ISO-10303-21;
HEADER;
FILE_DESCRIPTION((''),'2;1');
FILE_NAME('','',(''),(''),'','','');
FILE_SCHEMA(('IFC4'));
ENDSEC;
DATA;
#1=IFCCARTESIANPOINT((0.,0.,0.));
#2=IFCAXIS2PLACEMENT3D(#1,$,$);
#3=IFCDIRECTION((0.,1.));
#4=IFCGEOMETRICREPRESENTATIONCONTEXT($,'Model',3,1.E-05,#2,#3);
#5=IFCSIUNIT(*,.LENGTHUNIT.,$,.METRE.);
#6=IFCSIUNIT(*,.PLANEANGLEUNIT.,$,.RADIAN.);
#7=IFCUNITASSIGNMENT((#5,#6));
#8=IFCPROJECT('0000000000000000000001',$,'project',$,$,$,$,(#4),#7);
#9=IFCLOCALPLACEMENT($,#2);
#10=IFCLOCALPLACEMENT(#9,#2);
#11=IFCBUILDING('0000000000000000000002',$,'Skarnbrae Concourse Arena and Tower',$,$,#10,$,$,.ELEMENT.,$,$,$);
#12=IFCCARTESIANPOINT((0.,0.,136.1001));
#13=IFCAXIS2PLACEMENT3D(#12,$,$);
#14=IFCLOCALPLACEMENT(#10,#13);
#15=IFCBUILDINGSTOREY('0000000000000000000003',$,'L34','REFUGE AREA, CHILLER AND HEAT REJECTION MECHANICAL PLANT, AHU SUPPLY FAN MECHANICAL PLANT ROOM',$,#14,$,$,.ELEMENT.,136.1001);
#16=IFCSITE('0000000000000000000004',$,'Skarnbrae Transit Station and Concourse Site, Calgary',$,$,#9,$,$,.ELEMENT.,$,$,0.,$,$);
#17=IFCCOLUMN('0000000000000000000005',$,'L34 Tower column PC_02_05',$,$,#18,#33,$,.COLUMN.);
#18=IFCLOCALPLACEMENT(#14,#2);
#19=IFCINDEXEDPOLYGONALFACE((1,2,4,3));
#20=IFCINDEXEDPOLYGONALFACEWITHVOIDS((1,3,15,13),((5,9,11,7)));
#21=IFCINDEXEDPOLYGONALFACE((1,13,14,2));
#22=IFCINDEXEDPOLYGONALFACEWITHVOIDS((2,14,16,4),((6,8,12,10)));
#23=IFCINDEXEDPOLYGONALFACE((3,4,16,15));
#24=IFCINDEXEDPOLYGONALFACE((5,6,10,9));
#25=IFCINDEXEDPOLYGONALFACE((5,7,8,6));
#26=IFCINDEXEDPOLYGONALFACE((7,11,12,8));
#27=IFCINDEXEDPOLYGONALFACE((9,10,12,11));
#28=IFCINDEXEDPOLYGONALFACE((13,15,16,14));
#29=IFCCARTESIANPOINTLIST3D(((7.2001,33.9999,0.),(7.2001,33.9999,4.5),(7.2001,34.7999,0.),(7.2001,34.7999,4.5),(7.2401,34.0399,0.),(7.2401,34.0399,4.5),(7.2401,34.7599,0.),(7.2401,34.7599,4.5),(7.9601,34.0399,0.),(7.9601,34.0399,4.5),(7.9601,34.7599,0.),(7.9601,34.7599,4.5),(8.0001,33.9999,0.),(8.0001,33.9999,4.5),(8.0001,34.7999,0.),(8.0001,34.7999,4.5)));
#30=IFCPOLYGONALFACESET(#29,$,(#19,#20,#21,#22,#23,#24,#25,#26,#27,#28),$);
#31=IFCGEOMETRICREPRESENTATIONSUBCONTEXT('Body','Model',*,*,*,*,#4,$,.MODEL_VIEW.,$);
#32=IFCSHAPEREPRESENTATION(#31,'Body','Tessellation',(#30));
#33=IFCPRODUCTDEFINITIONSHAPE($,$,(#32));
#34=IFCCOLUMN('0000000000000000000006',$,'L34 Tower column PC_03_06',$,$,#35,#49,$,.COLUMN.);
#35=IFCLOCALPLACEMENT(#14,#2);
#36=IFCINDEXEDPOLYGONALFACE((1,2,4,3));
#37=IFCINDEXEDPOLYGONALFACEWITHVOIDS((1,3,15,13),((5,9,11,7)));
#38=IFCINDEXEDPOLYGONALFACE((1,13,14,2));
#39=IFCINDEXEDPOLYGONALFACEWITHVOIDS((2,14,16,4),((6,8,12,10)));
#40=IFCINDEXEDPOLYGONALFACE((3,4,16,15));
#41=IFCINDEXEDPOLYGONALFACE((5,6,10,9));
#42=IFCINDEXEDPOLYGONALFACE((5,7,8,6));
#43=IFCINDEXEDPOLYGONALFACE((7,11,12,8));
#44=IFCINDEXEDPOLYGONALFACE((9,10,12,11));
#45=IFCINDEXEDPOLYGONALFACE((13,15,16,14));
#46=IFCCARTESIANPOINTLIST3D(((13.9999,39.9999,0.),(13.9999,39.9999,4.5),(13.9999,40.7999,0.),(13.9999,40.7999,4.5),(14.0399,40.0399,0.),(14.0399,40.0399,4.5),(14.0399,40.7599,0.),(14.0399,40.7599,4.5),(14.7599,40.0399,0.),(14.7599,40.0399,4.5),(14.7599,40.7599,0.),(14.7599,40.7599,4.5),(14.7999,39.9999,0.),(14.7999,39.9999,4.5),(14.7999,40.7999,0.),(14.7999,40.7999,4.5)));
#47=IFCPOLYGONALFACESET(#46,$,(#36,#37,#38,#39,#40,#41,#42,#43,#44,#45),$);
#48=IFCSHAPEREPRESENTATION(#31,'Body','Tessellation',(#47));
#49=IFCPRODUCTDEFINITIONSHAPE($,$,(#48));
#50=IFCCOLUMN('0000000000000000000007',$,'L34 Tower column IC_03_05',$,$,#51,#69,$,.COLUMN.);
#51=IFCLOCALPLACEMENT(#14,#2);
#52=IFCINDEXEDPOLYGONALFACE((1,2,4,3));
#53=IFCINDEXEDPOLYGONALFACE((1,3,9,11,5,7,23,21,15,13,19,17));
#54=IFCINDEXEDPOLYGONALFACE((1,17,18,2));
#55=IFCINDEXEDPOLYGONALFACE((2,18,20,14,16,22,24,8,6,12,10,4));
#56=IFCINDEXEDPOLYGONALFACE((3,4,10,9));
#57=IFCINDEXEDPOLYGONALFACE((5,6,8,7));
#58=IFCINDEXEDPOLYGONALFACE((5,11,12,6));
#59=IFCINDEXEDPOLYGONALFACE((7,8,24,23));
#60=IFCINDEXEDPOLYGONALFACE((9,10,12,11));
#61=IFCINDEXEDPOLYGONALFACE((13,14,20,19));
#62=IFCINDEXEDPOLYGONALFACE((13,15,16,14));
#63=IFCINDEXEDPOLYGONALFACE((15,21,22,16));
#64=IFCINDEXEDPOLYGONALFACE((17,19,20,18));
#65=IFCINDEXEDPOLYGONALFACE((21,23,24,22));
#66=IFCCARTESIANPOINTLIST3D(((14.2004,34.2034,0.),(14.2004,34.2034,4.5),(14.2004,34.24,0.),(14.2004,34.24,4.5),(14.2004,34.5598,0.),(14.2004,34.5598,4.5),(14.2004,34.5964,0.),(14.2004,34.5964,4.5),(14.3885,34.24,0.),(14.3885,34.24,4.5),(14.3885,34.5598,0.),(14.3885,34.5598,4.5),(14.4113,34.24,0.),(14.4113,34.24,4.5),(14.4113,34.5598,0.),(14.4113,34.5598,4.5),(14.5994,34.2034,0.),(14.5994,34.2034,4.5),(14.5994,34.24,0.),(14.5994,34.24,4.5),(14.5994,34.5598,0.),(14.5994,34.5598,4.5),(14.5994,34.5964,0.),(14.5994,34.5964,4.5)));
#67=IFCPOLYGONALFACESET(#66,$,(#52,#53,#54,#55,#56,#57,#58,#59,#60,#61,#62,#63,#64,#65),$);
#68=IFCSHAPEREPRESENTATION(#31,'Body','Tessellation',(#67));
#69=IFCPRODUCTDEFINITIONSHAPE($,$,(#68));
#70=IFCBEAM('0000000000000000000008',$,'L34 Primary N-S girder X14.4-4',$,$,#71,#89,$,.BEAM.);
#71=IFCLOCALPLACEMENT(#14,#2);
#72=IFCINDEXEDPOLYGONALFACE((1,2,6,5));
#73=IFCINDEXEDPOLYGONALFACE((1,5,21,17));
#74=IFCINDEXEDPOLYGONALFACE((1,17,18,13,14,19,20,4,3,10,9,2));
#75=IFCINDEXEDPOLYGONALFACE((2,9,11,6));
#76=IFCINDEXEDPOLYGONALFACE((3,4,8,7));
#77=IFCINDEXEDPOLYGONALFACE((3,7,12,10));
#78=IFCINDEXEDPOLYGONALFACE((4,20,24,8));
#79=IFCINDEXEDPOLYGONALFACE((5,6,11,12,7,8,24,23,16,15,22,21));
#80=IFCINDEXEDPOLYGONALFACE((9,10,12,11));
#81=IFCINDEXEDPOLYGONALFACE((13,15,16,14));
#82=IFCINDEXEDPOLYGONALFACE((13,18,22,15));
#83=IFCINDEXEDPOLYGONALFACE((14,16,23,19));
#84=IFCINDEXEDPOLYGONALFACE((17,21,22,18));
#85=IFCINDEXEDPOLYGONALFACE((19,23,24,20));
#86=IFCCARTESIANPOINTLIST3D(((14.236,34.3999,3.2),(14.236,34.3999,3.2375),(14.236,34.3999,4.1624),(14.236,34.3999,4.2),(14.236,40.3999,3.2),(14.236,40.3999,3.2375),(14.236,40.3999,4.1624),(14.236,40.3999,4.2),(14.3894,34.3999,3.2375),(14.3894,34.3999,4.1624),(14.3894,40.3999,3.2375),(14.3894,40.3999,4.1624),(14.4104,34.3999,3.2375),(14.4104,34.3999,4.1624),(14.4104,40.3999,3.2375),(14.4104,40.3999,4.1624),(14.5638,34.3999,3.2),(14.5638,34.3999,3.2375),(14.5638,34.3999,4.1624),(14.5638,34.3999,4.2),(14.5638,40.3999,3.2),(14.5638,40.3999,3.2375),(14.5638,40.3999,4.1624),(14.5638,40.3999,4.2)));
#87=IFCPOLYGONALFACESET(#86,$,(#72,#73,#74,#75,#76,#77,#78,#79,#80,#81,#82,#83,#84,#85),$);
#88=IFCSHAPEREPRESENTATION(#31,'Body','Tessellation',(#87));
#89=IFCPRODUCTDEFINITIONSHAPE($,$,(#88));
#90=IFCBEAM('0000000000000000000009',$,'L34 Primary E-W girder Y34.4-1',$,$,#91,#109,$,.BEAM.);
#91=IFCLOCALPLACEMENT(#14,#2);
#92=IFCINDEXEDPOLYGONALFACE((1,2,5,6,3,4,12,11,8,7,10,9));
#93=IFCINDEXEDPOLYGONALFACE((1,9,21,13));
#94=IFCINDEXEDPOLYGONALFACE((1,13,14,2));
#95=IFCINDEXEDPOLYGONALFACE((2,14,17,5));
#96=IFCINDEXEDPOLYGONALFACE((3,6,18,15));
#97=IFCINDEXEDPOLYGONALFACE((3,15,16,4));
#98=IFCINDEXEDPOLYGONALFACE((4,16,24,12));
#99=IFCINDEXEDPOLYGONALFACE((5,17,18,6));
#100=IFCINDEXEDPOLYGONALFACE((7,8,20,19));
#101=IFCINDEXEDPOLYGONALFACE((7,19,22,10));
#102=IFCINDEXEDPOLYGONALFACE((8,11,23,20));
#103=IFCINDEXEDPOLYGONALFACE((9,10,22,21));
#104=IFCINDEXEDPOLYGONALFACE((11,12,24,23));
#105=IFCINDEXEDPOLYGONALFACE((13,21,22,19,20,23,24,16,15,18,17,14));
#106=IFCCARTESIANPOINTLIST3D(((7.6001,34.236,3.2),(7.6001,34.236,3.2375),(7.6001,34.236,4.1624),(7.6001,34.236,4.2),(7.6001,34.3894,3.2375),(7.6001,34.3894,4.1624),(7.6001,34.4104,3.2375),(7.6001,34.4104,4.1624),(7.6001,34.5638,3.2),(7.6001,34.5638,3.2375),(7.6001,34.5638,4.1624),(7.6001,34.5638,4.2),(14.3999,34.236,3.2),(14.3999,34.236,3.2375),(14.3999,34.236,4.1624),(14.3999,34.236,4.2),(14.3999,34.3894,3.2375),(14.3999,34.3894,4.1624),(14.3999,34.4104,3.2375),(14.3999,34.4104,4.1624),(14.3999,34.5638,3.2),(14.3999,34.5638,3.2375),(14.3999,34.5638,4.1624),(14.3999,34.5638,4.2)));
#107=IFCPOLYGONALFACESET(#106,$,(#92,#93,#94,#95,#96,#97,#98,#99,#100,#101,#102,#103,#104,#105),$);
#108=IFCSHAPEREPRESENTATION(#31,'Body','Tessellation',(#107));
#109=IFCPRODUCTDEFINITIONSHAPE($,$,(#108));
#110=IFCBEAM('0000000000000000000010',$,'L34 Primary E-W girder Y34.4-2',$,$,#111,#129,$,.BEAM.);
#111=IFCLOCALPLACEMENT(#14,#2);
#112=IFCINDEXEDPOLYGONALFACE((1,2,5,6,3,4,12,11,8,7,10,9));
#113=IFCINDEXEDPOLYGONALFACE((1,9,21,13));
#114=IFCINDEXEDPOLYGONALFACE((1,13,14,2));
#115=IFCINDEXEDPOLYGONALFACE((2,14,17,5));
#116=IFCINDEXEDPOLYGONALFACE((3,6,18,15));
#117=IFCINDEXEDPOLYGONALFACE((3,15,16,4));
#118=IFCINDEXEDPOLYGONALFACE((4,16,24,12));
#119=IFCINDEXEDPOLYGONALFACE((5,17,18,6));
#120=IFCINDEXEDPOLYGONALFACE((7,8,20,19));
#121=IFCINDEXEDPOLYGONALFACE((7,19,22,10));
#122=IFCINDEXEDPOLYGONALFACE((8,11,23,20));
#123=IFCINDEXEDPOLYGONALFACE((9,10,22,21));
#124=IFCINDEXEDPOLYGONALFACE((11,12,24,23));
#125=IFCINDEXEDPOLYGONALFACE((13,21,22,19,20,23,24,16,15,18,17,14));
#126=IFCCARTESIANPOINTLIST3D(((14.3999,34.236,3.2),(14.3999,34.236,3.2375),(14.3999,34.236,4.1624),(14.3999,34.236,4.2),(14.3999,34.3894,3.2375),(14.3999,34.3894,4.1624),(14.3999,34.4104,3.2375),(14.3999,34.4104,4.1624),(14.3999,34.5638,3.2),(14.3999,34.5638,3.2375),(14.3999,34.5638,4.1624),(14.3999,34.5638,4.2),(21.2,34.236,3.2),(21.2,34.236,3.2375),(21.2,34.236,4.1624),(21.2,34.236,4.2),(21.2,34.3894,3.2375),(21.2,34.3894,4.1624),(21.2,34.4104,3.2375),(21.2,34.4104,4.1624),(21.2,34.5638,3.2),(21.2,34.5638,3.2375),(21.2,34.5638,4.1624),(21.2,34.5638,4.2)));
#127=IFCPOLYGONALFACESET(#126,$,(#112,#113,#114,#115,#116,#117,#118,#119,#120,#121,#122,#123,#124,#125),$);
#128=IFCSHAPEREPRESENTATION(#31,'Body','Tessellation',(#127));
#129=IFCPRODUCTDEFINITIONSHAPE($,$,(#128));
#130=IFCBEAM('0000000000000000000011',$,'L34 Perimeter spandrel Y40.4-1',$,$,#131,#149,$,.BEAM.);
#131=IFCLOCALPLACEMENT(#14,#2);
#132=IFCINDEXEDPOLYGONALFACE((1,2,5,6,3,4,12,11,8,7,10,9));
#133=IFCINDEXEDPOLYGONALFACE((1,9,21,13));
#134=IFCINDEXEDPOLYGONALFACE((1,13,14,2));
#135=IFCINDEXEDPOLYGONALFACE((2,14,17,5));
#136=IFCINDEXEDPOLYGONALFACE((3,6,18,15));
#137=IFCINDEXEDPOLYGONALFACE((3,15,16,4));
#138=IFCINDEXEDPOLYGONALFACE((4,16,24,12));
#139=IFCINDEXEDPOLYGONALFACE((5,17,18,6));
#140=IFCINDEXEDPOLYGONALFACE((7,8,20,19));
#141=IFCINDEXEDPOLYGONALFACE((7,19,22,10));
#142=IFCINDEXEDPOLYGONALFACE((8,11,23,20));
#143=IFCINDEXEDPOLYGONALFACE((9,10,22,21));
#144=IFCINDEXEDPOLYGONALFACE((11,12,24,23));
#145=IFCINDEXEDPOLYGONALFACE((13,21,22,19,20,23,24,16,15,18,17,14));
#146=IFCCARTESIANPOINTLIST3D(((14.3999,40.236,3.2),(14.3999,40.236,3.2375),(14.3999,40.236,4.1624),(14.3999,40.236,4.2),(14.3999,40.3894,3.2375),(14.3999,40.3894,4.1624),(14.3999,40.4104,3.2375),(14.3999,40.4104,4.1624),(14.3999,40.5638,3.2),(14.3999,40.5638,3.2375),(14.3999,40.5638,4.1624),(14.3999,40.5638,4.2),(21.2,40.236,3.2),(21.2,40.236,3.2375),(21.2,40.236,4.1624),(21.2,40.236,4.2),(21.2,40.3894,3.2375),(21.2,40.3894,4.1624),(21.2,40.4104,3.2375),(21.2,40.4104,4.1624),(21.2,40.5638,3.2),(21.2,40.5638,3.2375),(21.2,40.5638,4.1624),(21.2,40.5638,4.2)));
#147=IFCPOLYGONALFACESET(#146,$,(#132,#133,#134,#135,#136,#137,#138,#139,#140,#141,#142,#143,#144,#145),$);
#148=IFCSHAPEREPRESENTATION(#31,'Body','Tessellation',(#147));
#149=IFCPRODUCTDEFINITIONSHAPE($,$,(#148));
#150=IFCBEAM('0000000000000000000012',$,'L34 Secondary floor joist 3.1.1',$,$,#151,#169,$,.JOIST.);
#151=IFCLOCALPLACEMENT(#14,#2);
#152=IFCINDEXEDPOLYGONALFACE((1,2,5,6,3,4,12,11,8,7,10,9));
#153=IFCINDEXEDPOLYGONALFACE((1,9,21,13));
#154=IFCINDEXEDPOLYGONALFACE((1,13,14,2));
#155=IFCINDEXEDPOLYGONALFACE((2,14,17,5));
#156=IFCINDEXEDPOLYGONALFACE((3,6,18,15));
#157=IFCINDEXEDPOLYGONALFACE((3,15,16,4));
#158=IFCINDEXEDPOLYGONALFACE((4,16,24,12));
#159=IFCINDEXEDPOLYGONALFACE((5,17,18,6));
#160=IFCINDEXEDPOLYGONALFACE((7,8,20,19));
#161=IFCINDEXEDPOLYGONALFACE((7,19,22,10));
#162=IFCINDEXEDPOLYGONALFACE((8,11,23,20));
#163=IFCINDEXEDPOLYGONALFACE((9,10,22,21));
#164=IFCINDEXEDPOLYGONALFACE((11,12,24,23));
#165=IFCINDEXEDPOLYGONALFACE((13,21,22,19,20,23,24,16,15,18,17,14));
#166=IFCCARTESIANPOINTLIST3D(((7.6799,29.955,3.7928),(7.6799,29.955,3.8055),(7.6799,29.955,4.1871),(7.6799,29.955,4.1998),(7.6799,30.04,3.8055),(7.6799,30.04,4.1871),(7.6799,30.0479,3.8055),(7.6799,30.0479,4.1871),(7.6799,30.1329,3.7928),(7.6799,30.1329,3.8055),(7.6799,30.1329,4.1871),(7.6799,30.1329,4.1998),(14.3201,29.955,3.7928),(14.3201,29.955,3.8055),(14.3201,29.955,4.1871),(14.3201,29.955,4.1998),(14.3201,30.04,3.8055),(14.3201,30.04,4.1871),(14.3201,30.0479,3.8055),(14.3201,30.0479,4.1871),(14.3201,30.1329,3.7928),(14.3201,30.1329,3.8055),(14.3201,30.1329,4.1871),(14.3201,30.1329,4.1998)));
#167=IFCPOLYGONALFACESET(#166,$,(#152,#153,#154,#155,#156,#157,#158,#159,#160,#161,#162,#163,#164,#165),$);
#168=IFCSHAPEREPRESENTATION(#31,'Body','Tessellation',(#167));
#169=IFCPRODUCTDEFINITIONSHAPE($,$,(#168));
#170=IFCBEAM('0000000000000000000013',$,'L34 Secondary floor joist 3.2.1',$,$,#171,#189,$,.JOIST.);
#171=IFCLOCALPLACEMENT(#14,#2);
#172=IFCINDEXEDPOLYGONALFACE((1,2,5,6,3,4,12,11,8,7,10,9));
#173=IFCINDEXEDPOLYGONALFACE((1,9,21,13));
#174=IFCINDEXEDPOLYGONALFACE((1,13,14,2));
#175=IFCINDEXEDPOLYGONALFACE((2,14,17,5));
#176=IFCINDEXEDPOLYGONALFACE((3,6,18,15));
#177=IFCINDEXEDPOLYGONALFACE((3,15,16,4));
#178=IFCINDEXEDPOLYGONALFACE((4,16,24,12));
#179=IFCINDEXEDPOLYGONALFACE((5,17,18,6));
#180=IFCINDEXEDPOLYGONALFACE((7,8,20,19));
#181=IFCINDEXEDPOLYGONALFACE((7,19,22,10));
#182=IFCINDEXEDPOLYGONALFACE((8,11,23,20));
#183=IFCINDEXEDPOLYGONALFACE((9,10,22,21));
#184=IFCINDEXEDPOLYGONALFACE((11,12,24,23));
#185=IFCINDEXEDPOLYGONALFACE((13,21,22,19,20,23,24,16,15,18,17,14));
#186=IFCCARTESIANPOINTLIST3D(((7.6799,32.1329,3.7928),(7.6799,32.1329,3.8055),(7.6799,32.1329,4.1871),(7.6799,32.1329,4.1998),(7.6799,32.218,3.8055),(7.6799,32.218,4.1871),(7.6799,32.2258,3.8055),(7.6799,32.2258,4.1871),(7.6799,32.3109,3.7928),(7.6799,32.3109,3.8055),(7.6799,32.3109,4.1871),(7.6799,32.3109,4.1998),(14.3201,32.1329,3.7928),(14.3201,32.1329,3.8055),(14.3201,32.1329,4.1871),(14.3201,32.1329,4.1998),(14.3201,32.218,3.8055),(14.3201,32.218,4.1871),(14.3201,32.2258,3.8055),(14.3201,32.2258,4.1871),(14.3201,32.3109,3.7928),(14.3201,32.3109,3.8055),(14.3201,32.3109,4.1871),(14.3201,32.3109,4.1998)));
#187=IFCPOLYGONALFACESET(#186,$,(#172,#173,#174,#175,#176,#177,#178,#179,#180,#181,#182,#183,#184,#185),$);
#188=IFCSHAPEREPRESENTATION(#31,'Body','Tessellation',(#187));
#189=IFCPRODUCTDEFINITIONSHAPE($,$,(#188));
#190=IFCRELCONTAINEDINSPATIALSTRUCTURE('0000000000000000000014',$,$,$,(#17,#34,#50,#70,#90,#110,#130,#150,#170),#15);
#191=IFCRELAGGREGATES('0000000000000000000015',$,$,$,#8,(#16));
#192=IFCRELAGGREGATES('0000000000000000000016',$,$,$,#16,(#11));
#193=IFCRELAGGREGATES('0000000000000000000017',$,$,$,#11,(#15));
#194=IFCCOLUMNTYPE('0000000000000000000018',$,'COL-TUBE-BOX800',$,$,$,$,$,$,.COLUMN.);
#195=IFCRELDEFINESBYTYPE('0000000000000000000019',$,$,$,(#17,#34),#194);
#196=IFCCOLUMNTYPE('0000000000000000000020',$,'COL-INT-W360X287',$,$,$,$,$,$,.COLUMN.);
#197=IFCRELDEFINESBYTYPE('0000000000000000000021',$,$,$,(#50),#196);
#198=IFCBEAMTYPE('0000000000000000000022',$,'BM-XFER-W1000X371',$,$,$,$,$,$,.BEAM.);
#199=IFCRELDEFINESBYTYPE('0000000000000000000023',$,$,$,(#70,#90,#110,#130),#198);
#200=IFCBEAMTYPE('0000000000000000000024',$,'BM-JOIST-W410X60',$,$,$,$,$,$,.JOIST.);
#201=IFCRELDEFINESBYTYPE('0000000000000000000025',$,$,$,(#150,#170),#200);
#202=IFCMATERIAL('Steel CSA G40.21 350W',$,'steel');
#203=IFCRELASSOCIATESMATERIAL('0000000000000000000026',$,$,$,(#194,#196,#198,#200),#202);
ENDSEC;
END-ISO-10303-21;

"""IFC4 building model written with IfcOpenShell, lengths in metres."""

from ifc_helpers import new_model, si_unit, direction, frame, origin, origin_2d, place, context, subcontext, project, spatial, hollow_rectangle, i_section, extrude, source, transform, mapped, material, material_profile, profile_set, type_object, element, save


model = new_model("IFC4")

# Units and contexts
model_context = context("Model", 3, precision=1e-05, world=origin(), true_north=direction((0.0, 1.0)))
body_context = subcontext(model_context, "Body", "Model", "MODEL_VIEW")
ifc_project = project(units=[si_unit("LENGTHUNIT", "METRE"), si_unit("PLANEANGLEUNIT", "RADIAN")], contexts=[model_context])

# Site, building, storey
site_placement = place(None, origin())
site = spatial("IfcSite", under=ifc_project, at=site_placement, Name="Skarnbrae Transit Station and Concourse Site, Calgary", CompositionType="ELEMENT", RefElevation=0.0)
building_placement = place(site_placement, origin())
building = spatial("IfcBuilding", under=site, at=building_placement, Name="Skarnbrae Concourse Arena and Tower", CompositionType="ELEMENT")
storey_placement = place(building_placement, frame((0.0, 0.0, 136.1001)))
storey = spatial("IfcBuildingStorey", under=building, at=storey_placement, Name="L34", Description="REFUGE AREA, CHILLER AND HEAT REJECTION MECHANICAL PLANT, AHU SUPPLY FAN MECHANICAL PLANT ROOM", CompositionType="ELEMENT", Elevation=136.1001)

# Columns
ifc_material_1 = material(Name="Steel CSA G40.21 350W", Category="steel")
ifc_material_profile_1 = material_profile(ifc_material_1, hollow_rectangle(XDim=0.8, YDim=0.8, WallThickness=0.04, at=origin_2d()), Name="BOX800X800X40")
ifc_profile_set_1 = profile_set([ifc_material_profile_1], Name="Steel CSA G40.21 350W")
column_type_1 = type_object("IfcColumnType", Name="COL-TUBE-BOX800", PredefinedType="COLUMN", material=ifc_profile_set_1)
shared_shape_1 = source(origin(), body_context, "Body", "SweptSolid", [
    extrude(hollow_rectangle(XDim=0.8, YDim=0.8, WallThickness=0.04, at=origin_2d()), origin(), (0.0, 0.0, 1.0), 4.5),
])
for number, where, z_axis, x_axis, name in (
    (1, (7.6001, 34.3999, 0.0), (0.0, 0.0, 1.0), (1.0, 0.0, 0.0), "L34 Tower column PC_02_05"),
    (2, (14.3999, 40.3999, 0.0), (0.0, 0.0, 1.0), (1.0, 0.0, 0.0), "L34 Tower column PC_03_06"),
):
    element("IfcColumn", number, at=place(storey_placement, frame(where, z_axis=z_axis, x_axis=x_axis)), inside=storey, type_object=column_type_1, Name=name, PredefinedType="COLUMN", context=body_context, shape_type="MappedRepresentation", body=[
        mapped(shared_shape_1, transform((0.0, 0.0, 0.0))),
    ])
ifc_material_profile_2 = material_profile(ifc_material_1, i_section(OverallWidth=0.3989, OverallDepth=0.3931, WebThickness=0.0227, FlangeThickness=0.0366, at=origin_2d()), Name="W360X287")
ifc_profile_set_2 = profile_set([ifc_material_profile_2], Name="Steel CSA G40.21 350W")
column_type_2 = type_object("IfcColumnType", Name="COL-INT-W360X287", PredefinedType="COLUMN", material=ifc_profile_set_2)
shared_shape_2 = source(origin(), body_context, "Body", "SweptSolid", [
    extrude(i_section(OverallWidth=0.3989, OverallDepth=0.3931, WebThickness=0.0227, FlangeThickness=0.0366, at=origin_2d()), origin(), (0.0, 0.0, 1.0), 4.5),
])
column_placement = place(storey_placement, frame((14.3999, 34.3999, 0.0), z_axis=(0.0, 0.0, 1.0), x_axis=(1.0, 0.0, 0.0)))
element("IfcColumn", 3, at=column_placement, inside=storey, type_object=column_type_2, Name="L34 Tower column IC_03_05", PredefinedType="COLUMN", context=body_context, shape_type="MappedRepresentation", body=[
    mapped(shared_shape_2, transform((0.0, 0.0, 0.0))),
])

# Beams
ifc_material_profile_3 = material_profile(ifc_material_1, i_section(OverallWidth=0.3279, OverallDepth=1.0, WebThickness=0.021, FlangeThickness=0.0376, at=origin_2d()), Name="W1000X371")
ifc_profile_set_3 = profile_set([ifc_material_profile_3], Name="Steel CSA G40.21 350W")
beam_type_1 = type_object("IfcBeamType", Name="BM-XFER-W1000X371", PredefinedType="BEAM", material=ifc_profile_set_3)
shared_shape_3 = source(origin(), body_context, "Body", "SweptSolid", [
    extrude(i_section(OverallWidth=0.3279, OverallDepth=1.0, WebThickness=0.021, FlangeThickness=0.0376, at=origin_2d()), origin(), (0.0, 0.0, 1.0), 6.0),
])
beam_1_placement = place(storey_placement, frame((14.3999, 34.3999, 3.7), z_axis=(0.0, 1.0, 0.0), x_axis=(-1.0, 0.0, 0.0)))
element("IfcBeam", 4, at=beam_1_placement, inside=storey, type_object=beam_type_1, Name="L34 Primary N-S girder X14.4-4", PredefinedType="BEAM", context=body_context, shape_type="MappedRepresentation", body=[
    mapped(shared_shape_3, transform((0.0, 0.0, 0.0))),
])
shared_shape_4 = source(origin(), body_context, "Body", "SweptSolid", [
    extrude(i_section(OverallWidth=0.3279, OverallDepth=1.0, WebThickness=0.021, FlangeThickness=0.0376, at=origin_2d()), origin(), (0.0, 0.0, 1.0), 6.7998),
])
beam_2_placement = place(storey_placement, frame((7.6001, 34.3999, 3.7), z_axis=(1.0, 0.0, 0.0), x_axis=(0.0, 1.0, 0.0)))
element("IfcBeam", 5, at=beam_2_placement, inside=storey, type_object=beam_type_1, Name="L34 Primary E-W girder Y34.4-1", PredefinedType="BEAM", context=body_context, shape_type="MappedRepresentation", body=[
    mapped(shared_shape_4, transform((0.0, 0.0, 0.0))),
])
shared_shape_5 = source(origin(), body_context, "Body", "SweptSolid", [
    extrude(i_section(OverallWidth=0.3279, OverallDepth=1.0, WebThickness=0.021, FlangeThickness=0.0376, at=origin_2d()), origin(), (0.0, 0.0, 1.0), 6.8),
])
for number, where, z_axis, x_axis, name in (
    (6, (14.3999, 34.3999, 3.7), (1.0, 0.0, 0.0), (0.0, 1.0, 0.0), "L34 Primary E-W girder Y34.4-2"),
    (7, (14.3999, 40.3999, 3.7), (1.0, 0.0, 0.0), (0.0, 1.0, 0.0), "L34 Perimeter spandrel Y40.4-1"),
):
    element("IfcBeam", number, at=place(storey_placement, frame(where, z_axis=z_axis, x_axis=x_axis)), inside=storey, type_object=beam_type_1, Name=name, PredefinedType="BEAM", context=body_context, shape_type="MappedRepresentation", body=[
        mapped(shared_shape_5, transform((0.0, 0.0, 0.0))),
    ])
ifc_material_profile_4 = material_profile(ifc_material_1, i_section(OverallWidth=0.178, OverallDepth=0.407, WebThickness=0.0078, FlangeThickness=0.0127, at=origin_2d()), Name="W410X60")
ifc_profile_set_4 = profile_set([ifc_material_profile_4], Name="Steel CSA G40.21 350W")
beam_type_2 = type_object("IfcBeamType", Name="BM-JOIST-W410X60", PredefinedType="JOIST", material=ifc_profile_set_4)
shared_shape_6 = source(origin(), body_context, "Body", "SweptSolid", [
    extrude(i_section(OverallWidth=0.178, OverallDepth=0.407, WebThickness=0.0078, FlangeThickness=0.0127, at=origin_2d()), origin(), (0.0, 0.0, 1.0), 6.6401),
])
for number, where, z_axis, x_axis, name in (
    (8, (7.6799, 30.0439, 3.9963), (1.0, 0.0, 0.0), (0.0, 1.0, 0.0), "L34 Secondary floor joist 3.1.1"),
    (9, (7.6799, 32.2219, 3.9963), (1.0, 0.0, 0.0), (0.0, 1.0, 0.0), "L34 Secondary floor joist 3.2.1"),
):
    element("IfcBeam", number, at=place(storey_placement, frame(where, z_axis=z_axis, x_axis=x_axis)), inside=storey, type_object=beam_type_2, Name=name, PredefinedType="JOIST", context=body_context, shape_type="MappedRepresentation", body=[
        mapped(shared_shape_6, transform((0.0, 0.0, 0.0))),
    ])

save(model, "model.ifc")
